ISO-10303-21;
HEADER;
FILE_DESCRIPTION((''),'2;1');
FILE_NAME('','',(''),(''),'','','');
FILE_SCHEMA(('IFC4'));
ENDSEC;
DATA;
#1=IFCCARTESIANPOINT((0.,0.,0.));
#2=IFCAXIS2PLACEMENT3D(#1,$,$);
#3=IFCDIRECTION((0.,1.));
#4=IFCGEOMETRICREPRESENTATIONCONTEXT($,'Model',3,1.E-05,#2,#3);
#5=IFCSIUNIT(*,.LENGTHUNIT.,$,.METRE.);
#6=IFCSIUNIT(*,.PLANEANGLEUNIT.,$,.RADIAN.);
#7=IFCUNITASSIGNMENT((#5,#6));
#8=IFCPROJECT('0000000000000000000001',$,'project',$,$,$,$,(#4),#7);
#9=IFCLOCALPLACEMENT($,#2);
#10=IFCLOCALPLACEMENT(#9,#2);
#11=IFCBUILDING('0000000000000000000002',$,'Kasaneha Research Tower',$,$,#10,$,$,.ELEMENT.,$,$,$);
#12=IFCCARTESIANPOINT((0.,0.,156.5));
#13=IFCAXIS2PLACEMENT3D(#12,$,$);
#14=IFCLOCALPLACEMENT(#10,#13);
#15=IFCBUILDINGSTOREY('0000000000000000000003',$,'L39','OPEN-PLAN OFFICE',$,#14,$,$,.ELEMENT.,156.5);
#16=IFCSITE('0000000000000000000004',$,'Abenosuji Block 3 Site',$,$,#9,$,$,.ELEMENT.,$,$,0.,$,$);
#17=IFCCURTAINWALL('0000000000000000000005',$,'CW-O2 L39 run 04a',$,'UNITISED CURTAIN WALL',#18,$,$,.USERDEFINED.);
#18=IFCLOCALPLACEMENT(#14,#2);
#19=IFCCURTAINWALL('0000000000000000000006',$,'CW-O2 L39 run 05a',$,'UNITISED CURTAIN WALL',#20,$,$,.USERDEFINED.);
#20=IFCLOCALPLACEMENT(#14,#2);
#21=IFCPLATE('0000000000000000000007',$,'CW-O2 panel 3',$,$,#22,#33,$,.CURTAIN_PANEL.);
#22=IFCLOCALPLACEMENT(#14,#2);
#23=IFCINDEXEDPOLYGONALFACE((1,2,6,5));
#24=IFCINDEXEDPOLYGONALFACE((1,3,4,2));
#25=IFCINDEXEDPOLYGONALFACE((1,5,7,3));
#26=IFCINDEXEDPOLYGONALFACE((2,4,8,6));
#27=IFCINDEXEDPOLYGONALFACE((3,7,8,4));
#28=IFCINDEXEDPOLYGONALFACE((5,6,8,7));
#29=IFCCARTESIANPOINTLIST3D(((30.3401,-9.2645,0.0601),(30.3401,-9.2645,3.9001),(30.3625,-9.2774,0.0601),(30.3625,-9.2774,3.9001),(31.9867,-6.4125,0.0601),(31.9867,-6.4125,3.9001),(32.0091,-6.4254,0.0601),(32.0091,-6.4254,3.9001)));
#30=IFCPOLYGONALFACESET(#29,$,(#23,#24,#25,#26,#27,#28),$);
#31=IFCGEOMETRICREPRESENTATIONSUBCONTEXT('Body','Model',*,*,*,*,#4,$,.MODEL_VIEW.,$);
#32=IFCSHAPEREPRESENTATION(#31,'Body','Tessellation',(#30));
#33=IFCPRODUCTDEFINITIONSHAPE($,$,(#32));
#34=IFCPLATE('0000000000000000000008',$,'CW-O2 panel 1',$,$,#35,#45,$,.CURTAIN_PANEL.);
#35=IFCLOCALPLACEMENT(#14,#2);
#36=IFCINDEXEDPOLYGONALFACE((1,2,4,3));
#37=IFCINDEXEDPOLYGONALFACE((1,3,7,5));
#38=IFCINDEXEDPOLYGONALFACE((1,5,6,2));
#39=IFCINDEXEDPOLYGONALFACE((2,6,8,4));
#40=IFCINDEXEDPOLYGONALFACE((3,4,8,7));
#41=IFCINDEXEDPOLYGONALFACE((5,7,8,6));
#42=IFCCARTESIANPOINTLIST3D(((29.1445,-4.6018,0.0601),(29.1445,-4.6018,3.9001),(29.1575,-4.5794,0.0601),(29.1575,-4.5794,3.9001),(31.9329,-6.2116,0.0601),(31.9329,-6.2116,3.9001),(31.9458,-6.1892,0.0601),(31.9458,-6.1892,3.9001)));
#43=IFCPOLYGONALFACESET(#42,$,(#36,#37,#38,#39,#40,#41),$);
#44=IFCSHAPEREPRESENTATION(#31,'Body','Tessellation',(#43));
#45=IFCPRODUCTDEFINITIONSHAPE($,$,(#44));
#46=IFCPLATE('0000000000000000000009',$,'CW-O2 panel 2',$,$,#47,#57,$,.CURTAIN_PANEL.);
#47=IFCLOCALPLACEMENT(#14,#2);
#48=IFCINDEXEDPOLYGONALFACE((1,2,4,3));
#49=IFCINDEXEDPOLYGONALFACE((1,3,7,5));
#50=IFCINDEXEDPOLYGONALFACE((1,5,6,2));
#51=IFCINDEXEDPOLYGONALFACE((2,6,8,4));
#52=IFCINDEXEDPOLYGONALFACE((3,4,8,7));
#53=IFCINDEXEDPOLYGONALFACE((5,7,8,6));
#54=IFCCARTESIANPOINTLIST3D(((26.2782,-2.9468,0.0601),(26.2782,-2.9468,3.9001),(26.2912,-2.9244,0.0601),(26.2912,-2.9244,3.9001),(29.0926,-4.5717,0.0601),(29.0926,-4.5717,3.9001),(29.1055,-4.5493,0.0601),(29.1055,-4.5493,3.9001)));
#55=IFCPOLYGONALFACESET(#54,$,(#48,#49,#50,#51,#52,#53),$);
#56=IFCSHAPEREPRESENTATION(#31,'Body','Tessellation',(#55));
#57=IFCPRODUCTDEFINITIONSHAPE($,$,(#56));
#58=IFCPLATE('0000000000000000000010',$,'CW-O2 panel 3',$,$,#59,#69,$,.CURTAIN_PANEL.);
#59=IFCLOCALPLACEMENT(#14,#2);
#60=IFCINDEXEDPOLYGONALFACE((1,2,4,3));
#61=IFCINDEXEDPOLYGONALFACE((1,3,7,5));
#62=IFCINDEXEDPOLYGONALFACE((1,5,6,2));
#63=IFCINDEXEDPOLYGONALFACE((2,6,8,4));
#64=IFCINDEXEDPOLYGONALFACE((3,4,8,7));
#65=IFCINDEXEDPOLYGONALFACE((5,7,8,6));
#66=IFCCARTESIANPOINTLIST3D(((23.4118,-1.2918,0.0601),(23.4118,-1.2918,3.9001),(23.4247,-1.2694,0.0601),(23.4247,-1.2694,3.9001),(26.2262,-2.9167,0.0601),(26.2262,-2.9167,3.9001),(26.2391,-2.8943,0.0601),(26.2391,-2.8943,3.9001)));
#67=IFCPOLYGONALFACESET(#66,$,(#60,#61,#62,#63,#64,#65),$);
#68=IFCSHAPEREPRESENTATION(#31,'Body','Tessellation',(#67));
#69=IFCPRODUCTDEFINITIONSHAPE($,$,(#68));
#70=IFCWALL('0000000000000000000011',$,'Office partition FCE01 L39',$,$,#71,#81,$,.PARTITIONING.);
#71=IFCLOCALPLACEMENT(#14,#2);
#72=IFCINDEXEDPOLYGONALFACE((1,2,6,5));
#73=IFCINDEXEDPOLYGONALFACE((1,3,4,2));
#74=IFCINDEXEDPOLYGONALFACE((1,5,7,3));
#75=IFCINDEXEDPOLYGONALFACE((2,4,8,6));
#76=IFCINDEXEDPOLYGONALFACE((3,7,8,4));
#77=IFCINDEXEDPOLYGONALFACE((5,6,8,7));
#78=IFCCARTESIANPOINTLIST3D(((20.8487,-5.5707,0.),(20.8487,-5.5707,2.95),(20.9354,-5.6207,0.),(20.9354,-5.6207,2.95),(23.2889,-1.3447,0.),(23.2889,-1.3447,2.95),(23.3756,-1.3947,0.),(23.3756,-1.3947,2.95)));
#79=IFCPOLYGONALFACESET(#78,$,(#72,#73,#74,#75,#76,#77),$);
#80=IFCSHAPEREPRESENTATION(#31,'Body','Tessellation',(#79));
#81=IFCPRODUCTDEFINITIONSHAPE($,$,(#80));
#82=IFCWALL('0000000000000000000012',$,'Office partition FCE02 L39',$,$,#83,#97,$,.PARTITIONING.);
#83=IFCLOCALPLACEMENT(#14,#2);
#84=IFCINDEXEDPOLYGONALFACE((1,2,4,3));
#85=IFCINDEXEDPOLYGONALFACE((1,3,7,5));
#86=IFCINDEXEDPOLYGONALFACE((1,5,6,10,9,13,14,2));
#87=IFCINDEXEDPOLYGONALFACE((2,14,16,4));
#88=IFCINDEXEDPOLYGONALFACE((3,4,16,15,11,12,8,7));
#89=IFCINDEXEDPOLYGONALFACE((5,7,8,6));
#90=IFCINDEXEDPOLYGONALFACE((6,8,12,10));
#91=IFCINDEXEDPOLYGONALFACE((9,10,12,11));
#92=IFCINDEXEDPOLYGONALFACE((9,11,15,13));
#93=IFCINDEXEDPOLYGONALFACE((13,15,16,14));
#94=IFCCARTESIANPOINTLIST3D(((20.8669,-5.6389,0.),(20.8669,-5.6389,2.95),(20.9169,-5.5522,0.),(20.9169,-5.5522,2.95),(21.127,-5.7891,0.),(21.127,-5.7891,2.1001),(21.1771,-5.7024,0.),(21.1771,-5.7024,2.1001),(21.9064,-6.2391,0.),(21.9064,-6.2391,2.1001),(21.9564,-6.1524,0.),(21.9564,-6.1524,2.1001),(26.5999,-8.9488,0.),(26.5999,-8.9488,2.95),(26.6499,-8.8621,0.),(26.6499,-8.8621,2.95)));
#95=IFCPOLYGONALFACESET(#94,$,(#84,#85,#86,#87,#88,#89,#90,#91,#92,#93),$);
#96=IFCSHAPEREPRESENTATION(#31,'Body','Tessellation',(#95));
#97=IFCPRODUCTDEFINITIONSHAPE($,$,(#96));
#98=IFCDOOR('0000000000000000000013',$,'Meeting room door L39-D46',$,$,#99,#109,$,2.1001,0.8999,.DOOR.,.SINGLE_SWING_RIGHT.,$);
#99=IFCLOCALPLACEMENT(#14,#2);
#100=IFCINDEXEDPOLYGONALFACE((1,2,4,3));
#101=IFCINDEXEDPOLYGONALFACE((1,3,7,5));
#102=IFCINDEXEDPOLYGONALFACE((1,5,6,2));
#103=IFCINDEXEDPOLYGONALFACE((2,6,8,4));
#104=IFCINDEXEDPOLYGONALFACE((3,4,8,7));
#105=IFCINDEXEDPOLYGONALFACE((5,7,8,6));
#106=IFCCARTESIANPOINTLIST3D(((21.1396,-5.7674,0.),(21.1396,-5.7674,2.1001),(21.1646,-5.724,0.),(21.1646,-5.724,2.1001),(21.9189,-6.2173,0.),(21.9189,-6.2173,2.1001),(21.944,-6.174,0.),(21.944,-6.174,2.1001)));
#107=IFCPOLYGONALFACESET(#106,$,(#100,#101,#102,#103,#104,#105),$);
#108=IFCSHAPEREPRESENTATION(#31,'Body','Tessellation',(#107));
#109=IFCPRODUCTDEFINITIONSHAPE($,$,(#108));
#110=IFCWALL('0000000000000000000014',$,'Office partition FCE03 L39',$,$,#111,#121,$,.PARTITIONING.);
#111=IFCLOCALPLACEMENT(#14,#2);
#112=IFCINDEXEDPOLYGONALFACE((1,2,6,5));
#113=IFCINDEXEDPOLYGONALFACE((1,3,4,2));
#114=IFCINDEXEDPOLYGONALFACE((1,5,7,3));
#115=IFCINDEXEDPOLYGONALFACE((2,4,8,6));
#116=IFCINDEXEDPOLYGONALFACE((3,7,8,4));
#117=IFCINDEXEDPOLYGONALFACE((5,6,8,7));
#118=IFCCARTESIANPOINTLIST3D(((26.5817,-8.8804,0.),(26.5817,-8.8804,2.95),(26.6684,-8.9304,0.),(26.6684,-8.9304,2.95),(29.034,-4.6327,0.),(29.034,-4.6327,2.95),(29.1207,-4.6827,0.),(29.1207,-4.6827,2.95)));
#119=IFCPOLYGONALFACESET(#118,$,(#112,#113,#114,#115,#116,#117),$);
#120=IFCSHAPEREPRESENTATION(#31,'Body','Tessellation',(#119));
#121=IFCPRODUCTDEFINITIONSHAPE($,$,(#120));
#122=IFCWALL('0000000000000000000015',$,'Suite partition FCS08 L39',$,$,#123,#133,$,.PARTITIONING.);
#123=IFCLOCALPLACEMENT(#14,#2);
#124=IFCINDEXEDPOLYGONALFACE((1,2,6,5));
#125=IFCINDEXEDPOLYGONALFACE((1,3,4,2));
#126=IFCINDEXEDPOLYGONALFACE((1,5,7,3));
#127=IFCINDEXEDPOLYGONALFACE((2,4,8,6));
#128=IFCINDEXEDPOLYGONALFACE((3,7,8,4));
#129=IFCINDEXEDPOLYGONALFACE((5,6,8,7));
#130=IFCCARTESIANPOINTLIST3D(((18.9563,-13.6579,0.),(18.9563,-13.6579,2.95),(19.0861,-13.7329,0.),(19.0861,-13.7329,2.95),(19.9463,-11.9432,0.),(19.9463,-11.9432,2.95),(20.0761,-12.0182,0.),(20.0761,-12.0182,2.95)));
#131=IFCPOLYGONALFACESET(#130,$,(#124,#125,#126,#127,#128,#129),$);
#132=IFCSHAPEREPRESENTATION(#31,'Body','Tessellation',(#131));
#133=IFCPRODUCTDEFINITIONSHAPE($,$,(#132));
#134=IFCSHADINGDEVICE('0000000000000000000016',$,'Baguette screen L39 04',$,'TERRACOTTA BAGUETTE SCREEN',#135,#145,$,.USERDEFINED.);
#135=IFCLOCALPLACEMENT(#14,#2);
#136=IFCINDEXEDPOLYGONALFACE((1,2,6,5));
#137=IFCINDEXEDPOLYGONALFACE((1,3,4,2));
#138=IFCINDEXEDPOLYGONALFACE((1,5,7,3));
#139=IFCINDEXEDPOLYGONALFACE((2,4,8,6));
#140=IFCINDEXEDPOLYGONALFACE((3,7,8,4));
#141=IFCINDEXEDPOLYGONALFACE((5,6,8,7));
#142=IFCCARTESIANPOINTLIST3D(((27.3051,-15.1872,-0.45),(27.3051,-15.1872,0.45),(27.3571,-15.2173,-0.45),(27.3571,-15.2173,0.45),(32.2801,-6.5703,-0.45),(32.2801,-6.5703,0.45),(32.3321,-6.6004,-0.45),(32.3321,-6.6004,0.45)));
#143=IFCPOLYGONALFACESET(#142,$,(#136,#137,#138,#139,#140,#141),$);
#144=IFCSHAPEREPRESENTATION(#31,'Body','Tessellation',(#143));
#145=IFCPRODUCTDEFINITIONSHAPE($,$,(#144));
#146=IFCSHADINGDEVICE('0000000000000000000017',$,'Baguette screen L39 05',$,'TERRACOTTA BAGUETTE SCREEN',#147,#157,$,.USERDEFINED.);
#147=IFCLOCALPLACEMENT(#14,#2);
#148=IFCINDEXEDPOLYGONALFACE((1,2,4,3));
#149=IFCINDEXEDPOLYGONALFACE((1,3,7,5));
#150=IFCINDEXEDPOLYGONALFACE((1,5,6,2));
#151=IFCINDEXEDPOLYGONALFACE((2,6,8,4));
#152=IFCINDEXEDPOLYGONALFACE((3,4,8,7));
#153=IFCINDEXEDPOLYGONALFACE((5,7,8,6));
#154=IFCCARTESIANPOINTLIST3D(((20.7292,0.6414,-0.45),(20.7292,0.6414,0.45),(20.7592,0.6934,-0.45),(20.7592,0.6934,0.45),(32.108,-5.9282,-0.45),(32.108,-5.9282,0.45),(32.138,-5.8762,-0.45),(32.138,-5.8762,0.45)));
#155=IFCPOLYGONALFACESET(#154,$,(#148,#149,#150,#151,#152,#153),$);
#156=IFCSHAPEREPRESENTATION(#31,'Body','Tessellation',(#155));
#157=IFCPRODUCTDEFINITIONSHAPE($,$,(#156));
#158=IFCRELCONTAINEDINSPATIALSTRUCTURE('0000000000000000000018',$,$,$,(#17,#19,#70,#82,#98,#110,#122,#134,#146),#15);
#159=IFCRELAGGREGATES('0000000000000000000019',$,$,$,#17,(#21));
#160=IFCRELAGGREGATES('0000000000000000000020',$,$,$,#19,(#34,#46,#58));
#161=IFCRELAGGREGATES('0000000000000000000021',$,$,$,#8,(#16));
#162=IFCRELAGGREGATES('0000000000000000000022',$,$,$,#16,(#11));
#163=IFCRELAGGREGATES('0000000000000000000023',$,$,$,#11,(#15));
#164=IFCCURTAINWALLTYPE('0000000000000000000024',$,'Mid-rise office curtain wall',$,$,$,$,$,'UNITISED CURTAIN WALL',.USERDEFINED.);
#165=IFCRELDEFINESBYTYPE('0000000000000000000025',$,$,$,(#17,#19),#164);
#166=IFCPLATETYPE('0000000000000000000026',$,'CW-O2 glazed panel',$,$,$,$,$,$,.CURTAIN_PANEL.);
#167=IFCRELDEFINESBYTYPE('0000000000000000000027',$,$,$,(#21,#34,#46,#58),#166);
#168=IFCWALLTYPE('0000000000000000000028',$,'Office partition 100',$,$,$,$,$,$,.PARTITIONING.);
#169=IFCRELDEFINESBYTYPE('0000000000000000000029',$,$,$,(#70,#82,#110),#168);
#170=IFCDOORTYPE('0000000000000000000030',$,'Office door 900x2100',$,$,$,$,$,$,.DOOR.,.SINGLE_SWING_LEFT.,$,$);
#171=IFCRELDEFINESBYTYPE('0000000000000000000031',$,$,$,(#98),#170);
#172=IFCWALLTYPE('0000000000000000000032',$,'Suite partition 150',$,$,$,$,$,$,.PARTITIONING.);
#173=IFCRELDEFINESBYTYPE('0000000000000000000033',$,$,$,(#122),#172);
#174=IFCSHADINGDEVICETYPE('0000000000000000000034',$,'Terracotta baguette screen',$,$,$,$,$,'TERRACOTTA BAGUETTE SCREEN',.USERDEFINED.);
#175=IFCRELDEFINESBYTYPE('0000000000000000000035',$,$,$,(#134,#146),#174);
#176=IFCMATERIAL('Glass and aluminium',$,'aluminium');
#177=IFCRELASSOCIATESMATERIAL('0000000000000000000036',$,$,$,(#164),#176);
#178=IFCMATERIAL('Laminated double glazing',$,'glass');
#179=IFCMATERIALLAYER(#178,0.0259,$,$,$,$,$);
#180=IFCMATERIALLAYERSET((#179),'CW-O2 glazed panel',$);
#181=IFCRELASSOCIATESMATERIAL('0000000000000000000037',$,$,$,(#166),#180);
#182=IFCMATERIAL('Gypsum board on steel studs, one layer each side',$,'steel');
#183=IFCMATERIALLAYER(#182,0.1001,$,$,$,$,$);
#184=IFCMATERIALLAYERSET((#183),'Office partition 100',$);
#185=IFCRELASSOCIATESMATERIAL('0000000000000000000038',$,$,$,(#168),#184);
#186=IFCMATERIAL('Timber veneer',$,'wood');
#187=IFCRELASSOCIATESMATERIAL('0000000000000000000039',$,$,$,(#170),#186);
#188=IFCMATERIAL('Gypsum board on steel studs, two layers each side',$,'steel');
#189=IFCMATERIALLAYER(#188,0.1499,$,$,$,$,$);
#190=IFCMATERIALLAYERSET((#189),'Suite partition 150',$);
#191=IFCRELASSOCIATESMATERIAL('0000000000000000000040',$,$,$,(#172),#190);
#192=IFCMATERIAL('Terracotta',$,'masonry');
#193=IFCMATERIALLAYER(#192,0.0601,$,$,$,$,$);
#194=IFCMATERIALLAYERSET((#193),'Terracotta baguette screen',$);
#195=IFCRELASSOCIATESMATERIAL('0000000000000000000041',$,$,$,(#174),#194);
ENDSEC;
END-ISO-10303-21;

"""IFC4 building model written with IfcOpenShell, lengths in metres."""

from ifc_helpers import new_model, si_unit, direction, frame, frame_2d, origin, origin_2d, place, context, subcontext, project, spatial, rectangle, extrude, material, layer, layer_set, type_object, element, fill, aggregate, save


model = new_model("IFC4")

# Units and contexts
model_context = context("Model", 3, precision=1e-05, world=origin(), true_north=direction((0.0, 1.0)))
body_context = subcontext(model_context, "Body", "Model", "MODEL_VIEW")
ifc_project = project(units=[si_unit("LENGTHUNIT", "METRE"), si_unit("PLANEANGLEUNIT", "RADIAN")], contexts=[model_context])

# Site, building, storey
site_placement = place(None, origin())
site = spatial("IfcSite", under=ifc_project, at=site_placement, Name="Abenosuji Block 3 Site", CompositionType="ELEMENT", RefElevation=0.0)
building_placement = place(site_placement, origin())
building = spatial("IfcBuilding", under=site, at=building_placement, Name="Kasaneha Research Tower", CompositionType="ELEMENT")
storey_placement = place(building_placement, frame((0.0, 0.0, 156.5)))
storey = spatial("IfcBuildingStorey", under=building, at=storey_placement, Name="L39", Description="OPEN-PLAN OFFICE", CompositionType="ELEMENT", Elevation=156.5)

# Curtain walls
ifc_material_1 = material(Name="Glass and aluminium", Category="aluminium")
curtain_wall_type = type_object("IfcCurtainWallType", Name="Mid-rise office curtain wall", ElementType="UNITISED CURTAIN WALL", PredefinedType="USERDEFINED", material=ifc_material_1)
curtain_wall_1_placement = place(storey_placement, origin())
curtain_wall_1 = element("IfcCurtainWall", 1, at=curtain_wall_1_placement, inside=storey, type_object=curtain_wall_type, Name="CW-O2 L39 run 04a", ObjectType="UNITISED CURTAIN WALL", PredefinedType="USERDEFINED")
curtain_wall_2_placement = place(storey_placement, origin())
curtain_wall_2 = element("IfcCurtainWall", 2, at=curtain_wall_2_placement, inside=storey, type_object=curtain_wall_type, Name="CW-O2 L39 run 05a", ObjectType="UNITISED CURTAIN WALL", PredefinedType="USERDEFINED")

# Plates
ifc_material_2 = material(Name="Laminated double glazing", Category="glass")
ifc_layer_1 = layer(ifc_material_2, 0.0259)
ifc_layer_set_1 = layer_set([ifc_layer_1], Name="CW-O2 glazed panel")
plate_type = type_object("IfcPlateType", Name="CW-O2 glazed panel", PredefinedType="CURTAIN_PANEL", material=ifc_layer_set_1)
plate_1_placement = place(storey_placement, frame((31.1746, -7.845, 0.0601), z_axis=(0.0, 0.0, 1.0), x_axis=(0.5, 0.866025, 0.0)))
plate_1 = element("IfcPlate", 3, at=plate_1_placement, type_object=plate_type, Name="CW-O2 panel 3", PredefinedType="CURTAIN_PANEL", context=body_context, shape_type="SweptSolid", body=[
    extrude(rectangle(XDim=3.2932, YDim=0.0259, at=origin_2d()), origin(), (0.0, 0.0, 1.0), 3.8401),
])
aggregate(curtain_wall_1, [plate_1])
plate_2_placement = place(storey_placement, frame((30.5452, -5.3955, 0.0601), z_axis=(0.0, 0.0, 1.0), x_axis=(-0.866025, 0.5, 0.0)))
plate_2 = element("IfcPlate", 4, at=plate_2_placement, type_object=plate_type, Name="CW-O2 panel 1", PredefinedType="CURTAIN_PANEL", context=body_context, shape_type="SweptSolid", body=[
    extrude(rectangle(XDim=3.2197, YDim=0.0259, at=origin_2d()), origin(), (0.0, 0.0, 1.0), 3.8401),
])
plate_3_placement = place(storey_placement, frame((27.6919, -3.748, 0.0601), z_axis=(0.0, 0.0, 1.0), x_axis=(-0.866025, 0.5, 0.0)))
plate_3 = element("IfcPlate", 5, at=plate_3_placement, type_object=plate_type, Name="CW-O2 panel 2", PredefinedType="CURTAIN_PANEL", context=body_context, shape_type="SweptSolid", body=[
    extrude(rectangle(XDim=3.2498, YDim=0.0259, at=origin_2d()), origin(), (0.0, 0.0, 1.0), 3.8401),
])
plate_4_placement = place(storey_placement, frame((24.8254, -2.093, 0.0601), z_axis=(0.0, 0.0, 1.0), x_axis=(-0.866025, 0.5, 0.0)))
plate_4 = element("IfcPlate", 6, at=plate_4_placement, type_object=plate_type, Name="CW-O2 panel 3", PredefinedType="CURTAIN_PANEL", context=body_context, shape_type="SweptSolid", body=[
    extrude(rectangle(XDim=3.2498, YDim=0.0259, at=origin_2d()), origin(), (0.0, 0.0, 1.0), 3.8401),
])
aggregate(curtain_wall_2, [plate_2, plate_3, plate_4])

# Wall
ifc_material_3 = material(Name="Gypsum board on steel studs, one layer each side", Category="steel")
ifc_layer_2 = layer(ifc_material_3, 0.1001)
ifc_layer_set_2 = layer_set([ifc_layer_2], Name="Office partition 100")
wall_type_1 = type_object("IfcWallType", Name="Office partition 100", PredefinedType="PARTITIONING", material=ifc_layer_set_2)
wall_1_placement = place(storey_placement, frame((20.8921, -5.5957, 0.0), z_axis=(0.0, 0.0, 1.0), x_axis=(0.50004, 0.866002, 0.0)))
element("IfcWall", 7, at=wall_1_placement, inside=storey, type_object=wall_type_1, Name="Office partition FCE01 L39", PredefinedType="PARTITIONING", context=body_context, shape_type="SweptSolid", body=[
    extrude(rectangle(XDim=4.8799, YDim=0.1001, at=frame_2d((2.4399, 0.0))), origin(), (0.0, 0.0, 1.0), 2.95),
])

# Wall, opening, door
wall_2_placement = place(storey_placement, frame((26.625, -8.9055, 0.0), z_axis=(0.0, 0.0, 1.0), x_axis=(-0.866031, 0.499991, 0.0)))
wall_2 = element("IfcWall", 8, at=wall_2_placement, inside=storey, type_object=wall_type_1, Name="Office partition FCE02 L39", PredefinedType="PARTITIONING", context=body_context, shape_type="SweptSolid", body=[
    extrude(rectangle(XDim=6.6199, YDim=0.1001, at=frame_2d((3.3101, 0.0))), origin(), (0.0, 0.0, 1.0), 2.95),
])
opening_placement = place(wall_2_placement, frame((5.4197, 0.0, 0.0)))
opening = element("IfcOpeningElement", 9, at=opening_placement, cuts=wall_2, PredefinedType="OPENING", context=body_context, shape_type="SweptSolid", body=[
    extrude(rectangle(XDim=0.8999, YDim=2.1001, at=frame_2d((0.45, 1.05))), frame((0.0, 0.0601, 0.0), z_axis=(0.0, -1.0, 0.0), x_axis=(1.0, 0.0, 0.0)), (0.0, 0.0, 1.0), 0.1201),
])
ifc_material_4 = material(Name="Timber veneer", Category="wood")
door_type = type_object("IfcDoorType", Name="Office door 900x2100", OperationType="SINGLE_SWING_LEFT", PredefinedType="DOOR", material=ifc_material_4)
door_placement = place(opening_placement, origin())
door = element("IfcDoor", 10, at=door_placement, inside=storey, type_object=door_type, Name="Meeting room door L39-D46", OperationType="SINGLE_SWING_RIGHT", OverallHeight=2.1001, OverallWidth=0.8999, PredefinedType="DOOR", context=body_context, shape_type="SweptSolid", body=[
    extrude(rectangle(XDim=0.8999, YDim=2.1001, at=frame_2d((0.45, 1.05))), frame((0.0, 0.0249, 0.0), z_axis=(0.0, -1.0, 0.0), x_axis=(1.0, 0.0, 0.0)), (0.0, 0.0, 1.0), 0.05),
])
fill(opening, door)

# Walls
wall_3_placement = place(storey_placement, frame((29.0774, -4.6577, 0.0), z_axis=(0.0, 0.0, 1.0), x_axis=(-0.499988, -0.866032, 0.0)))
element("IfcWall", 11, at=wall_3_placement, inside=storey, type_object=wall_type_1, Name="Office partition FCE03 L39", PredefinedType="PARTITIONING", context=body_context, shape_type="SweptSolid", body=[
    extrude(rectangle(XDim=4.9048, YDim=0.1001, at=frame_2d((2.4524, 0.0))), origin(), (0.0, 0.0, 1.0), 2.95),
])
ifc_material_5 = material(Name="Gypsum board on steel studs, two layers each side", Category="steel")
ifc_layer_3 = layer(ifc_material_5, 0.1499)
ifc_layer_set_3 = layer_set([ifc_layer_3], Name="Suite partition 150")
wall_type_2 = type_object("IfcWallType", Name="Suite partition 150", PredefinedType="PARTITIONING", material=ifc_layer_set_3)
wall_4_placement = place(storey_placement, frame((20.0112, -11.9807, 0.0), z_axis=(0.0, 0.0, 1.0), x_axis=(-0.500025, -0.866011, 0.0)))
element("IfcWall", 12, at=wall_4_placement, inside=storey, type_object=wall_type_2, Name="Suite partition FCS08 L39", PredefinedType="PARTITIONING", context=body_context, shape_type="SweptSolid", body=[
    extrude(rectangle(XDim=1.98, YDim=0.1499, at=frame_2d((0.99, 0.0))), origin(), (0.0, 0.0, 1.0), 2.95),
])

# Shading devices
ifc_material_6 = material(Name="Terracotta", Category="masonry")
ifc_layer_4 = layer(ifc_material_6, 0.0601)
ifc_layer_set_4 = layer_set([ifc_layer_4], Name="Terracotta baguette screen")
shading_device_type = type_object("IfcShadingDeviceType", Name="Terracotta baguette screen", ElementType="TERRACOTTA BAGUETTE SCREEN", PredefinedType="USERDEFINED", material=ifc_layer_set_4)
shading_device_1_placement = place(storey_placement, frame((29.8186, -10.8938, -0.45), z_axis=(0.0, 0.0, 1.0), x_axis=(0.5, 0.866025, 0.0)))
element("IfcShadingDevice", 13, at=shading_device_1_placement, inside=storey, type_object=shading_device_type, Name="Baguette screen L39 04", ObjectType="TERRACOTTA BAGUETTE SCREEN", PredefinedType="USERDEFINED", context=body_context, shape_type="SweptSolid", body=[
    extrude(rectangle(XDim=9.95, YDim=0.0601, at=origin_2d()), origin(), (0.0, 0.0, 1.0), 0.8999),
])
shading_device_2_placement = place(storey_placement, frame((26.4336, -2.6174, -0.45), z_axis=(0.0, 0.0, 1.0), x_axis=(-0.866025, 0.5, 0.0)))
element("IfcShadingDevice", 14, at=shading_device_2_placement, inside=storey, type_object=shading_device_type, Name="Baguette screen L39 05", ObjectType="TERRACOTTA BAGUETTE SCREEN", PredefinedType="USERDEFINED", context=body_context, shape_type="SweptSolid", body=[
    extrude(rectangle(XDim=13.1392, YDim=0.0601, at=origin_2d()), origin(), (0.0, 0.0, 1.0), 0.8999),
])

save(model, "model.ifc")
